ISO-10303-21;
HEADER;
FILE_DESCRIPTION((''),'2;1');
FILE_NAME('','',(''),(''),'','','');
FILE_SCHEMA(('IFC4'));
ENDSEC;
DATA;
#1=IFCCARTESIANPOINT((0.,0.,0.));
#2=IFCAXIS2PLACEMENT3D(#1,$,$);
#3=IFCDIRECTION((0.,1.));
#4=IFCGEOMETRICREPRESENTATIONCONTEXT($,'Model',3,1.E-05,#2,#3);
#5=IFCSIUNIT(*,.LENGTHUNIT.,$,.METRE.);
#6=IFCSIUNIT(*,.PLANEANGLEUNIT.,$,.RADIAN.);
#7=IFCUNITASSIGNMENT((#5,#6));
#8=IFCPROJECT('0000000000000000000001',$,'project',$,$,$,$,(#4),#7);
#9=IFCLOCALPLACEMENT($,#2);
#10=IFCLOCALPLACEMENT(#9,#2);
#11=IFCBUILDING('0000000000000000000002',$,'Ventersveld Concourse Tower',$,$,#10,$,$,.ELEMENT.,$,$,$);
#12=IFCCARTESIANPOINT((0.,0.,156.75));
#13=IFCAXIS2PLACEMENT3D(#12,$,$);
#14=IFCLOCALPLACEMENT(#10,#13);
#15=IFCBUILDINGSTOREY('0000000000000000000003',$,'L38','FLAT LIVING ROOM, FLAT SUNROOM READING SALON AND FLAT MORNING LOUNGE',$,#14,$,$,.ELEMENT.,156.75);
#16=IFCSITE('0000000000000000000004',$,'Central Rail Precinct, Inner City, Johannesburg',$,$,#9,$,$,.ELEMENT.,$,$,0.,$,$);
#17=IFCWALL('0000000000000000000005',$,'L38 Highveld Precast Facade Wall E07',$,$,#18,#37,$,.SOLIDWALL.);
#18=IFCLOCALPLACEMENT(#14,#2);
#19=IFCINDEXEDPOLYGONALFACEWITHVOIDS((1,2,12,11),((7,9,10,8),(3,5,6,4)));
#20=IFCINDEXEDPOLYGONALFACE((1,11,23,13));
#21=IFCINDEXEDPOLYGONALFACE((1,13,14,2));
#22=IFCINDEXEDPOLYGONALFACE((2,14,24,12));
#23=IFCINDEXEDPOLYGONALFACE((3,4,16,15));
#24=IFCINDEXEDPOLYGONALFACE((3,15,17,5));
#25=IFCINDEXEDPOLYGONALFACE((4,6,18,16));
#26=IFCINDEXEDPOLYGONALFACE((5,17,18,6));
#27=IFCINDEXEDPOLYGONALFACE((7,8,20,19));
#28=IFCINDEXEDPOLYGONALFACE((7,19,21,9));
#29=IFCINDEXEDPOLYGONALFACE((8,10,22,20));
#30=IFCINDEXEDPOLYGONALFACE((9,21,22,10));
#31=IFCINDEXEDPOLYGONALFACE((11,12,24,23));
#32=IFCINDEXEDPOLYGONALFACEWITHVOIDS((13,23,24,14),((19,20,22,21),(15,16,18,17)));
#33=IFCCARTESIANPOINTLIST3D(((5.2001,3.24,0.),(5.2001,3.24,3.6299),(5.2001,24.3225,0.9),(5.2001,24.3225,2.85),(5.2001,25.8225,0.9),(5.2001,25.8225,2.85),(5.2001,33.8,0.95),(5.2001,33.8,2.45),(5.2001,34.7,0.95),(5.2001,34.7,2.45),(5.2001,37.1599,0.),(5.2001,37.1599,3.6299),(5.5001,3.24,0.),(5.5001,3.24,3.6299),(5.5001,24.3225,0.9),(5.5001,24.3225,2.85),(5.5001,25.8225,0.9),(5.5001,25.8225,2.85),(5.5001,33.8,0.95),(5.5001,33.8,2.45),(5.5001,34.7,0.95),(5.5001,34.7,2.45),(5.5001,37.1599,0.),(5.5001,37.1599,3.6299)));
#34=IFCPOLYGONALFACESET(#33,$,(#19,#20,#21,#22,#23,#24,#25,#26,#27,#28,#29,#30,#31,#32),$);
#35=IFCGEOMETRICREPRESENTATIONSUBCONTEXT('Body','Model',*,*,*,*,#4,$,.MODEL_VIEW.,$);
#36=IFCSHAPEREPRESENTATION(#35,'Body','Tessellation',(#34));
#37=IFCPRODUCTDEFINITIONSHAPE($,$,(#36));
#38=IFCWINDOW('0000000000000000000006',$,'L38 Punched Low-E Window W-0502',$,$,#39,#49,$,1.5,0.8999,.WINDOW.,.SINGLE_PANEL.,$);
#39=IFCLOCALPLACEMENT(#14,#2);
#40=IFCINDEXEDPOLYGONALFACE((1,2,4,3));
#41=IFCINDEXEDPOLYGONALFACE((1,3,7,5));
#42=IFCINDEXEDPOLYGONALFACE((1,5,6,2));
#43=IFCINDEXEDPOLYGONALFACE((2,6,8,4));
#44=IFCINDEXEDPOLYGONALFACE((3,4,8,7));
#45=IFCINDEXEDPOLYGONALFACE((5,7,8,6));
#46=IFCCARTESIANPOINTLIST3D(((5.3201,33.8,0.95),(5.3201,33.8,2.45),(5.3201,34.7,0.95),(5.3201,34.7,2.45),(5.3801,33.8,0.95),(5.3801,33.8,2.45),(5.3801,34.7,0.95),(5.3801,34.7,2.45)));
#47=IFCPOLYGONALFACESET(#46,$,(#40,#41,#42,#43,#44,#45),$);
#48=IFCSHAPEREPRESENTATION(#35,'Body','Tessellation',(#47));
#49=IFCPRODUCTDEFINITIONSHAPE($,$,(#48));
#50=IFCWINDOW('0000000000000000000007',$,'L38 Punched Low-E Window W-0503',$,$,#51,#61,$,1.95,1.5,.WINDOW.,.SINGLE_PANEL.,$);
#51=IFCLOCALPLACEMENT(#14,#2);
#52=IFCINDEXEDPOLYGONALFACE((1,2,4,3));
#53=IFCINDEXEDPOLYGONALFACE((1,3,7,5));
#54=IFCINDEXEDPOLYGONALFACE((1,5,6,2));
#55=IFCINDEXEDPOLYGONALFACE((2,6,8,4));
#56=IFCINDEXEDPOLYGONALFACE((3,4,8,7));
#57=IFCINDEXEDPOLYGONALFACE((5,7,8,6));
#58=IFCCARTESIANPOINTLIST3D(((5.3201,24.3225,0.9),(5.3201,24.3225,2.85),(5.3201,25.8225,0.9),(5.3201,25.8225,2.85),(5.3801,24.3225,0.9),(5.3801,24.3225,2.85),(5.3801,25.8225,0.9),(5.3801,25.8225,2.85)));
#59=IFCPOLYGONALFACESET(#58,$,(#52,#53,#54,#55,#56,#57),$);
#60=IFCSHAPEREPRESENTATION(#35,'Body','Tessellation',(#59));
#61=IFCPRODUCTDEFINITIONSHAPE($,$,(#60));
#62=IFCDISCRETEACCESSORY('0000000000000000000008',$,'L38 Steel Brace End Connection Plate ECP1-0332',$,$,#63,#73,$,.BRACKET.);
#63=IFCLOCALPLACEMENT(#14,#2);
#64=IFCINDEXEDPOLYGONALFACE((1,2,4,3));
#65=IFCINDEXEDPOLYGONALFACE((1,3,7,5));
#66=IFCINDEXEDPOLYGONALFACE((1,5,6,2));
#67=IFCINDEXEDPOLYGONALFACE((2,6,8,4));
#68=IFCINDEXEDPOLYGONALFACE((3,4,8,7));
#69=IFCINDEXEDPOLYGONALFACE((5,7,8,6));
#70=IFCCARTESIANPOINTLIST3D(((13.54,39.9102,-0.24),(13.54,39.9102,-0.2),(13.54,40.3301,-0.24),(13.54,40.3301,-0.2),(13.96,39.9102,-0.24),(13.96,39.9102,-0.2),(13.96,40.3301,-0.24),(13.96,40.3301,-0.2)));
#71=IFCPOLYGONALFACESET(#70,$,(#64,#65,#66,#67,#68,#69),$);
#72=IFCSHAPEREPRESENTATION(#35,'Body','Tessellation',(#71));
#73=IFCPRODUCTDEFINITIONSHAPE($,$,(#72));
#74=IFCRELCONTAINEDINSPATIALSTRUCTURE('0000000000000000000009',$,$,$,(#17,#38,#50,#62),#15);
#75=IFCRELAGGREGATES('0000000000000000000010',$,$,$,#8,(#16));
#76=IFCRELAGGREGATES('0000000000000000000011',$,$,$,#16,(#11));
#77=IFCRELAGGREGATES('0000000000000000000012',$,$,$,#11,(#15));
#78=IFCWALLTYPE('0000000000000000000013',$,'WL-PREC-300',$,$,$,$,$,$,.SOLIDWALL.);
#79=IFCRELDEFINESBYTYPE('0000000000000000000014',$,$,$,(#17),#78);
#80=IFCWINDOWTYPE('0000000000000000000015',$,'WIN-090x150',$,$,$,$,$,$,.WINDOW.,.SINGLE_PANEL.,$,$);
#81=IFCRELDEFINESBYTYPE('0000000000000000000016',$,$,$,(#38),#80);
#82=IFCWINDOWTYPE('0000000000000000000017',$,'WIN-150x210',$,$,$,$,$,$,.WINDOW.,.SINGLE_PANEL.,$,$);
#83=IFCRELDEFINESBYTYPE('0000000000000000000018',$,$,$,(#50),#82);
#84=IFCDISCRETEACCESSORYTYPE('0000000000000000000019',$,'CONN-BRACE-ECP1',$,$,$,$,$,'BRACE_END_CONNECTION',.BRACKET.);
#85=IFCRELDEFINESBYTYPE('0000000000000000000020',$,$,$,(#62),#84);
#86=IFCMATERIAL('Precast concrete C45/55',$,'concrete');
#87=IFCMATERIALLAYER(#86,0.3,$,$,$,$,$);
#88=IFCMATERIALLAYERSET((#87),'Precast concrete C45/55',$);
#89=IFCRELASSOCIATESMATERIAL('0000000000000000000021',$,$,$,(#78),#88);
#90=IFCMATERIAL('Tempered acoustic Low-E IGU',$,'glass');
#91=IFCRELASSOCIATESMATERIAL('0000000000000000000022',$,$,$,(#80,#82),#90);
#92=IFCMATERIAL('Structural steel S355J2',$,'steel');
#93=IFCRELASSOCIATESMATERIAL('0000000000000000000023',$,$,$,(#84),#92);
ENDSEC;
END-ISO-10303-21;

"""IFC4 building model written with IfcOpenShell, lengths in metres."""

from ifc_helpers import new_model, si_unit, direction, frame, frame_2d, origin, origin_2d, place, context, subcontext, project, spatial, rectangle, extrude, material, layer, layer_set, type_object, element, fill, save


model = new_model("IFC4")

# Units and contexts
model_context = context("Model", 3, precision=1e-05, world=origin(), true_north=direction((0.0, 1.0)))
body_context = subcontext(model_context, "Body", "Model", "MODEL_VIEW")
ifc_project = project(units=[si_unit("LENGTHUNIT", "METRE"), si_unit("PLANEANGLEUNIT", "RADIAN")], contexts=[model_context])

# Site, building, storey
site_placement = place(None, origin())
site = spatial("IfcSite", under=ifc_project, at=site_placement, Name="Central Rail Precinct, Inner City, Johannesburg", CompositionType="ELEMENT", RefElevation=0.0)
building_placement = place(site_placement, origin())
building = spatial("IfcBuilding", under=site, at=building_placement, Name="Ventersveld Concourse Tower", CompositionType="ELEMENT")
storey_placement = place(building_placement, frame((0.0, 0.0, 156.75)))
storey = spatial("IfcBuildingStorey", under=building, at=storey_placement, Name="L38", Description="FLAT LIVING ROOM, FLAT SUNROOM READING SALON AND FLAT MORNING LOUNGE", CompositionType="ELEMENT", Elevation=156.75)

# Shared definitions
ifc_material_1 = material(Name="Structural steel S355J2", Category="steel")

# Shared definitions
ifc_material_2 = material(Name="Precast concrete C45/55", Category="concrete")
ifc_layer_1 = layer(ifc_material_2, 0.3)
ifc_layer_set_1 = layer_set([ifc_layer_1], Name="Precast concrete C45/55")
wall_type_1 = type_object("IfcWallType", Name="WL-PREC-300", PredefinedType="SOLIDWALL", material=ifc_layer_set_1)

# Wall, openings, windows
wall_1_placement = place(storey_placement, frame((5.3501, 37.1599, 0.0), z_axis=(0.0, 0.0, 1.0), x_axis=(0.0, -1.0, 0.0)))
wall_1 = element("IfcWall", 1, at=wall_1_placement, inside=storey, type_object=wall_type_1, Name="L38 Highveld Precast Facade Wall E07", PredefinedType="SOLIDWALL", context=body_context, shape_type="SweptSolid", body=[
    extrude(rectangle(XDim=33.9199, YDim=0.3, at=frame_2d((16.96, 0.0))), origin(), (0.0, 0.0, 1.0), 3.6299),
])
opening_1_placement = place(wall_1_placement, frame((2.46, 0.0, 0.95)))
opening_1 = element("IfcOpeningElement", 2, at=opening_1_placement, cuts=wall_1, PredefinedType="OPENING", context=body_context, shape_type="SweptSolid", body=[
    extrude(rectangle(XDim=0.8999, YDim=1.5, at=frame_2d((0.45, 0.75))), frame((0.0, 0.1602, 0.0), z_axis=(0.0, -1.0, 0.0), x_axis=(1.0, 0.0, 0.0)), (0.0, 0.0, 1.0), 0.3201),
])
opening_2_placement = place(wall_1_placement, frame((11.3374, 0.0, 0.8999)))
opening_2 = element("IfcOpeningElement", 3, at=opening_2_placement, cuts=wall_1, PredefinedType="OPENING", context=body_context, shape_type="SweptSolid", body=[
    extrude(rectangle(XDim=1.5, YDim=1.95, at=frame_2d((0.75, 0.9751))), frame((0.0, 0.1602, 0.0), z_axis=(0.0, -1.0, 0.0), x_axis=(1.0, 0.0, 0.0)), (0.0, 0.0, 1.0), 0.3201),
])
ifc_material_3 = material(Name="Tempered acoustic Low-E IGU", Category="glass")
window_type_1 = type_object("IfcWindowType", Name="WIN-090x150", PartitioningType="SINGLE_PANEL", PredefinedType="WINDOW", material=ifc_material_3)
window_1_placement = place(opening_1_placement, origin())
window_1 = element("IfcWindow", 4, at=window_1_placement, inside=storey, type_object=window_type_1, Name="L38 Punched Low-E Window W-0502", OverallHeight=1.5, OverallWidth=0.8999, PartitioningType="SINGLE_PANEL", PredefinedType="WINDOW", context=body_context, shape_type="SweptSolid", body=[
    extrude(rectangle(XDim=0.8999, YDim=1.5, at=frame_2d((0.45, 0.75))), frame((0.0, 0.03, 0.0), z_axis=(0.0, -1.0, 0.0), x_axis=(1.0, 0.0, 0.0)), (0.0, 0.0, 1.0), 0.0601),
])
fill(opening_1, window_1)
window_type_2 = type_object("IfcWindowType", Name="WIN-150x210", PartitioningType="SINGLE_PANEL", PredefinedType="WINDOW", material=ifc_material_3)
window_2_placement = place(opening_2_placement, origin())
window_2 = element("IfcWindow", 5, at=window_2_placement, inside=storey, type_object=window_type_2, Name="L38 Punched Low-E Window W-0503", OverallHeight=1.95, OverallWidth=1.5, PartitioningType="SINGLE_PANEL", PredefinedType="WINDOW", context=body_context, shape_type="SweptSolid", body=[
    extrude(rectangle(XDim=1.5, YDim=1.95, at=frame_2d((0.75, 0.9751))), frame((0.0, 0.03, 0.0), z_axis=(0.0, -1.0, 0.0), x_axis=(1.0, 0.0, 0.0)), (0.0, 0.0, 1.0), 0.0601),
])
fill(opening_2, window_2)

# Discrete accessory
discrete_accessory_type = type_object("IfcDiscreteAccessoryType", Name="CONN-BRACE-ECP1", ElementType="BRACE_END_CONNECTION", PredefinedType="BRACKET", material=ifc_material_1)
discrete_accessory_placement = place(storey_placement, frame((13.75, 40.1201, -0.24), z_axis=(0.0, 0.0, 1.0), x_axis=(1.0, 0.0, 0.0)))
element("IfcDiscreteAccessory", 6, at=discrete_accessory_placement, inside=storey, type_object=discrete_accessory_type, Name="L38 Steel Brace End Connection Plate ECP1-0332", PredefinedType="BRACKET", context=body_context, shape_type="SweptSolid", body=[
    extrude(rectangle(XDim=0.4199, YDim=0.4199, at=origin_2d()), origin(), (0.0, 0.0, 1.0), 0.04),
])

save(model, "model.ifc")
